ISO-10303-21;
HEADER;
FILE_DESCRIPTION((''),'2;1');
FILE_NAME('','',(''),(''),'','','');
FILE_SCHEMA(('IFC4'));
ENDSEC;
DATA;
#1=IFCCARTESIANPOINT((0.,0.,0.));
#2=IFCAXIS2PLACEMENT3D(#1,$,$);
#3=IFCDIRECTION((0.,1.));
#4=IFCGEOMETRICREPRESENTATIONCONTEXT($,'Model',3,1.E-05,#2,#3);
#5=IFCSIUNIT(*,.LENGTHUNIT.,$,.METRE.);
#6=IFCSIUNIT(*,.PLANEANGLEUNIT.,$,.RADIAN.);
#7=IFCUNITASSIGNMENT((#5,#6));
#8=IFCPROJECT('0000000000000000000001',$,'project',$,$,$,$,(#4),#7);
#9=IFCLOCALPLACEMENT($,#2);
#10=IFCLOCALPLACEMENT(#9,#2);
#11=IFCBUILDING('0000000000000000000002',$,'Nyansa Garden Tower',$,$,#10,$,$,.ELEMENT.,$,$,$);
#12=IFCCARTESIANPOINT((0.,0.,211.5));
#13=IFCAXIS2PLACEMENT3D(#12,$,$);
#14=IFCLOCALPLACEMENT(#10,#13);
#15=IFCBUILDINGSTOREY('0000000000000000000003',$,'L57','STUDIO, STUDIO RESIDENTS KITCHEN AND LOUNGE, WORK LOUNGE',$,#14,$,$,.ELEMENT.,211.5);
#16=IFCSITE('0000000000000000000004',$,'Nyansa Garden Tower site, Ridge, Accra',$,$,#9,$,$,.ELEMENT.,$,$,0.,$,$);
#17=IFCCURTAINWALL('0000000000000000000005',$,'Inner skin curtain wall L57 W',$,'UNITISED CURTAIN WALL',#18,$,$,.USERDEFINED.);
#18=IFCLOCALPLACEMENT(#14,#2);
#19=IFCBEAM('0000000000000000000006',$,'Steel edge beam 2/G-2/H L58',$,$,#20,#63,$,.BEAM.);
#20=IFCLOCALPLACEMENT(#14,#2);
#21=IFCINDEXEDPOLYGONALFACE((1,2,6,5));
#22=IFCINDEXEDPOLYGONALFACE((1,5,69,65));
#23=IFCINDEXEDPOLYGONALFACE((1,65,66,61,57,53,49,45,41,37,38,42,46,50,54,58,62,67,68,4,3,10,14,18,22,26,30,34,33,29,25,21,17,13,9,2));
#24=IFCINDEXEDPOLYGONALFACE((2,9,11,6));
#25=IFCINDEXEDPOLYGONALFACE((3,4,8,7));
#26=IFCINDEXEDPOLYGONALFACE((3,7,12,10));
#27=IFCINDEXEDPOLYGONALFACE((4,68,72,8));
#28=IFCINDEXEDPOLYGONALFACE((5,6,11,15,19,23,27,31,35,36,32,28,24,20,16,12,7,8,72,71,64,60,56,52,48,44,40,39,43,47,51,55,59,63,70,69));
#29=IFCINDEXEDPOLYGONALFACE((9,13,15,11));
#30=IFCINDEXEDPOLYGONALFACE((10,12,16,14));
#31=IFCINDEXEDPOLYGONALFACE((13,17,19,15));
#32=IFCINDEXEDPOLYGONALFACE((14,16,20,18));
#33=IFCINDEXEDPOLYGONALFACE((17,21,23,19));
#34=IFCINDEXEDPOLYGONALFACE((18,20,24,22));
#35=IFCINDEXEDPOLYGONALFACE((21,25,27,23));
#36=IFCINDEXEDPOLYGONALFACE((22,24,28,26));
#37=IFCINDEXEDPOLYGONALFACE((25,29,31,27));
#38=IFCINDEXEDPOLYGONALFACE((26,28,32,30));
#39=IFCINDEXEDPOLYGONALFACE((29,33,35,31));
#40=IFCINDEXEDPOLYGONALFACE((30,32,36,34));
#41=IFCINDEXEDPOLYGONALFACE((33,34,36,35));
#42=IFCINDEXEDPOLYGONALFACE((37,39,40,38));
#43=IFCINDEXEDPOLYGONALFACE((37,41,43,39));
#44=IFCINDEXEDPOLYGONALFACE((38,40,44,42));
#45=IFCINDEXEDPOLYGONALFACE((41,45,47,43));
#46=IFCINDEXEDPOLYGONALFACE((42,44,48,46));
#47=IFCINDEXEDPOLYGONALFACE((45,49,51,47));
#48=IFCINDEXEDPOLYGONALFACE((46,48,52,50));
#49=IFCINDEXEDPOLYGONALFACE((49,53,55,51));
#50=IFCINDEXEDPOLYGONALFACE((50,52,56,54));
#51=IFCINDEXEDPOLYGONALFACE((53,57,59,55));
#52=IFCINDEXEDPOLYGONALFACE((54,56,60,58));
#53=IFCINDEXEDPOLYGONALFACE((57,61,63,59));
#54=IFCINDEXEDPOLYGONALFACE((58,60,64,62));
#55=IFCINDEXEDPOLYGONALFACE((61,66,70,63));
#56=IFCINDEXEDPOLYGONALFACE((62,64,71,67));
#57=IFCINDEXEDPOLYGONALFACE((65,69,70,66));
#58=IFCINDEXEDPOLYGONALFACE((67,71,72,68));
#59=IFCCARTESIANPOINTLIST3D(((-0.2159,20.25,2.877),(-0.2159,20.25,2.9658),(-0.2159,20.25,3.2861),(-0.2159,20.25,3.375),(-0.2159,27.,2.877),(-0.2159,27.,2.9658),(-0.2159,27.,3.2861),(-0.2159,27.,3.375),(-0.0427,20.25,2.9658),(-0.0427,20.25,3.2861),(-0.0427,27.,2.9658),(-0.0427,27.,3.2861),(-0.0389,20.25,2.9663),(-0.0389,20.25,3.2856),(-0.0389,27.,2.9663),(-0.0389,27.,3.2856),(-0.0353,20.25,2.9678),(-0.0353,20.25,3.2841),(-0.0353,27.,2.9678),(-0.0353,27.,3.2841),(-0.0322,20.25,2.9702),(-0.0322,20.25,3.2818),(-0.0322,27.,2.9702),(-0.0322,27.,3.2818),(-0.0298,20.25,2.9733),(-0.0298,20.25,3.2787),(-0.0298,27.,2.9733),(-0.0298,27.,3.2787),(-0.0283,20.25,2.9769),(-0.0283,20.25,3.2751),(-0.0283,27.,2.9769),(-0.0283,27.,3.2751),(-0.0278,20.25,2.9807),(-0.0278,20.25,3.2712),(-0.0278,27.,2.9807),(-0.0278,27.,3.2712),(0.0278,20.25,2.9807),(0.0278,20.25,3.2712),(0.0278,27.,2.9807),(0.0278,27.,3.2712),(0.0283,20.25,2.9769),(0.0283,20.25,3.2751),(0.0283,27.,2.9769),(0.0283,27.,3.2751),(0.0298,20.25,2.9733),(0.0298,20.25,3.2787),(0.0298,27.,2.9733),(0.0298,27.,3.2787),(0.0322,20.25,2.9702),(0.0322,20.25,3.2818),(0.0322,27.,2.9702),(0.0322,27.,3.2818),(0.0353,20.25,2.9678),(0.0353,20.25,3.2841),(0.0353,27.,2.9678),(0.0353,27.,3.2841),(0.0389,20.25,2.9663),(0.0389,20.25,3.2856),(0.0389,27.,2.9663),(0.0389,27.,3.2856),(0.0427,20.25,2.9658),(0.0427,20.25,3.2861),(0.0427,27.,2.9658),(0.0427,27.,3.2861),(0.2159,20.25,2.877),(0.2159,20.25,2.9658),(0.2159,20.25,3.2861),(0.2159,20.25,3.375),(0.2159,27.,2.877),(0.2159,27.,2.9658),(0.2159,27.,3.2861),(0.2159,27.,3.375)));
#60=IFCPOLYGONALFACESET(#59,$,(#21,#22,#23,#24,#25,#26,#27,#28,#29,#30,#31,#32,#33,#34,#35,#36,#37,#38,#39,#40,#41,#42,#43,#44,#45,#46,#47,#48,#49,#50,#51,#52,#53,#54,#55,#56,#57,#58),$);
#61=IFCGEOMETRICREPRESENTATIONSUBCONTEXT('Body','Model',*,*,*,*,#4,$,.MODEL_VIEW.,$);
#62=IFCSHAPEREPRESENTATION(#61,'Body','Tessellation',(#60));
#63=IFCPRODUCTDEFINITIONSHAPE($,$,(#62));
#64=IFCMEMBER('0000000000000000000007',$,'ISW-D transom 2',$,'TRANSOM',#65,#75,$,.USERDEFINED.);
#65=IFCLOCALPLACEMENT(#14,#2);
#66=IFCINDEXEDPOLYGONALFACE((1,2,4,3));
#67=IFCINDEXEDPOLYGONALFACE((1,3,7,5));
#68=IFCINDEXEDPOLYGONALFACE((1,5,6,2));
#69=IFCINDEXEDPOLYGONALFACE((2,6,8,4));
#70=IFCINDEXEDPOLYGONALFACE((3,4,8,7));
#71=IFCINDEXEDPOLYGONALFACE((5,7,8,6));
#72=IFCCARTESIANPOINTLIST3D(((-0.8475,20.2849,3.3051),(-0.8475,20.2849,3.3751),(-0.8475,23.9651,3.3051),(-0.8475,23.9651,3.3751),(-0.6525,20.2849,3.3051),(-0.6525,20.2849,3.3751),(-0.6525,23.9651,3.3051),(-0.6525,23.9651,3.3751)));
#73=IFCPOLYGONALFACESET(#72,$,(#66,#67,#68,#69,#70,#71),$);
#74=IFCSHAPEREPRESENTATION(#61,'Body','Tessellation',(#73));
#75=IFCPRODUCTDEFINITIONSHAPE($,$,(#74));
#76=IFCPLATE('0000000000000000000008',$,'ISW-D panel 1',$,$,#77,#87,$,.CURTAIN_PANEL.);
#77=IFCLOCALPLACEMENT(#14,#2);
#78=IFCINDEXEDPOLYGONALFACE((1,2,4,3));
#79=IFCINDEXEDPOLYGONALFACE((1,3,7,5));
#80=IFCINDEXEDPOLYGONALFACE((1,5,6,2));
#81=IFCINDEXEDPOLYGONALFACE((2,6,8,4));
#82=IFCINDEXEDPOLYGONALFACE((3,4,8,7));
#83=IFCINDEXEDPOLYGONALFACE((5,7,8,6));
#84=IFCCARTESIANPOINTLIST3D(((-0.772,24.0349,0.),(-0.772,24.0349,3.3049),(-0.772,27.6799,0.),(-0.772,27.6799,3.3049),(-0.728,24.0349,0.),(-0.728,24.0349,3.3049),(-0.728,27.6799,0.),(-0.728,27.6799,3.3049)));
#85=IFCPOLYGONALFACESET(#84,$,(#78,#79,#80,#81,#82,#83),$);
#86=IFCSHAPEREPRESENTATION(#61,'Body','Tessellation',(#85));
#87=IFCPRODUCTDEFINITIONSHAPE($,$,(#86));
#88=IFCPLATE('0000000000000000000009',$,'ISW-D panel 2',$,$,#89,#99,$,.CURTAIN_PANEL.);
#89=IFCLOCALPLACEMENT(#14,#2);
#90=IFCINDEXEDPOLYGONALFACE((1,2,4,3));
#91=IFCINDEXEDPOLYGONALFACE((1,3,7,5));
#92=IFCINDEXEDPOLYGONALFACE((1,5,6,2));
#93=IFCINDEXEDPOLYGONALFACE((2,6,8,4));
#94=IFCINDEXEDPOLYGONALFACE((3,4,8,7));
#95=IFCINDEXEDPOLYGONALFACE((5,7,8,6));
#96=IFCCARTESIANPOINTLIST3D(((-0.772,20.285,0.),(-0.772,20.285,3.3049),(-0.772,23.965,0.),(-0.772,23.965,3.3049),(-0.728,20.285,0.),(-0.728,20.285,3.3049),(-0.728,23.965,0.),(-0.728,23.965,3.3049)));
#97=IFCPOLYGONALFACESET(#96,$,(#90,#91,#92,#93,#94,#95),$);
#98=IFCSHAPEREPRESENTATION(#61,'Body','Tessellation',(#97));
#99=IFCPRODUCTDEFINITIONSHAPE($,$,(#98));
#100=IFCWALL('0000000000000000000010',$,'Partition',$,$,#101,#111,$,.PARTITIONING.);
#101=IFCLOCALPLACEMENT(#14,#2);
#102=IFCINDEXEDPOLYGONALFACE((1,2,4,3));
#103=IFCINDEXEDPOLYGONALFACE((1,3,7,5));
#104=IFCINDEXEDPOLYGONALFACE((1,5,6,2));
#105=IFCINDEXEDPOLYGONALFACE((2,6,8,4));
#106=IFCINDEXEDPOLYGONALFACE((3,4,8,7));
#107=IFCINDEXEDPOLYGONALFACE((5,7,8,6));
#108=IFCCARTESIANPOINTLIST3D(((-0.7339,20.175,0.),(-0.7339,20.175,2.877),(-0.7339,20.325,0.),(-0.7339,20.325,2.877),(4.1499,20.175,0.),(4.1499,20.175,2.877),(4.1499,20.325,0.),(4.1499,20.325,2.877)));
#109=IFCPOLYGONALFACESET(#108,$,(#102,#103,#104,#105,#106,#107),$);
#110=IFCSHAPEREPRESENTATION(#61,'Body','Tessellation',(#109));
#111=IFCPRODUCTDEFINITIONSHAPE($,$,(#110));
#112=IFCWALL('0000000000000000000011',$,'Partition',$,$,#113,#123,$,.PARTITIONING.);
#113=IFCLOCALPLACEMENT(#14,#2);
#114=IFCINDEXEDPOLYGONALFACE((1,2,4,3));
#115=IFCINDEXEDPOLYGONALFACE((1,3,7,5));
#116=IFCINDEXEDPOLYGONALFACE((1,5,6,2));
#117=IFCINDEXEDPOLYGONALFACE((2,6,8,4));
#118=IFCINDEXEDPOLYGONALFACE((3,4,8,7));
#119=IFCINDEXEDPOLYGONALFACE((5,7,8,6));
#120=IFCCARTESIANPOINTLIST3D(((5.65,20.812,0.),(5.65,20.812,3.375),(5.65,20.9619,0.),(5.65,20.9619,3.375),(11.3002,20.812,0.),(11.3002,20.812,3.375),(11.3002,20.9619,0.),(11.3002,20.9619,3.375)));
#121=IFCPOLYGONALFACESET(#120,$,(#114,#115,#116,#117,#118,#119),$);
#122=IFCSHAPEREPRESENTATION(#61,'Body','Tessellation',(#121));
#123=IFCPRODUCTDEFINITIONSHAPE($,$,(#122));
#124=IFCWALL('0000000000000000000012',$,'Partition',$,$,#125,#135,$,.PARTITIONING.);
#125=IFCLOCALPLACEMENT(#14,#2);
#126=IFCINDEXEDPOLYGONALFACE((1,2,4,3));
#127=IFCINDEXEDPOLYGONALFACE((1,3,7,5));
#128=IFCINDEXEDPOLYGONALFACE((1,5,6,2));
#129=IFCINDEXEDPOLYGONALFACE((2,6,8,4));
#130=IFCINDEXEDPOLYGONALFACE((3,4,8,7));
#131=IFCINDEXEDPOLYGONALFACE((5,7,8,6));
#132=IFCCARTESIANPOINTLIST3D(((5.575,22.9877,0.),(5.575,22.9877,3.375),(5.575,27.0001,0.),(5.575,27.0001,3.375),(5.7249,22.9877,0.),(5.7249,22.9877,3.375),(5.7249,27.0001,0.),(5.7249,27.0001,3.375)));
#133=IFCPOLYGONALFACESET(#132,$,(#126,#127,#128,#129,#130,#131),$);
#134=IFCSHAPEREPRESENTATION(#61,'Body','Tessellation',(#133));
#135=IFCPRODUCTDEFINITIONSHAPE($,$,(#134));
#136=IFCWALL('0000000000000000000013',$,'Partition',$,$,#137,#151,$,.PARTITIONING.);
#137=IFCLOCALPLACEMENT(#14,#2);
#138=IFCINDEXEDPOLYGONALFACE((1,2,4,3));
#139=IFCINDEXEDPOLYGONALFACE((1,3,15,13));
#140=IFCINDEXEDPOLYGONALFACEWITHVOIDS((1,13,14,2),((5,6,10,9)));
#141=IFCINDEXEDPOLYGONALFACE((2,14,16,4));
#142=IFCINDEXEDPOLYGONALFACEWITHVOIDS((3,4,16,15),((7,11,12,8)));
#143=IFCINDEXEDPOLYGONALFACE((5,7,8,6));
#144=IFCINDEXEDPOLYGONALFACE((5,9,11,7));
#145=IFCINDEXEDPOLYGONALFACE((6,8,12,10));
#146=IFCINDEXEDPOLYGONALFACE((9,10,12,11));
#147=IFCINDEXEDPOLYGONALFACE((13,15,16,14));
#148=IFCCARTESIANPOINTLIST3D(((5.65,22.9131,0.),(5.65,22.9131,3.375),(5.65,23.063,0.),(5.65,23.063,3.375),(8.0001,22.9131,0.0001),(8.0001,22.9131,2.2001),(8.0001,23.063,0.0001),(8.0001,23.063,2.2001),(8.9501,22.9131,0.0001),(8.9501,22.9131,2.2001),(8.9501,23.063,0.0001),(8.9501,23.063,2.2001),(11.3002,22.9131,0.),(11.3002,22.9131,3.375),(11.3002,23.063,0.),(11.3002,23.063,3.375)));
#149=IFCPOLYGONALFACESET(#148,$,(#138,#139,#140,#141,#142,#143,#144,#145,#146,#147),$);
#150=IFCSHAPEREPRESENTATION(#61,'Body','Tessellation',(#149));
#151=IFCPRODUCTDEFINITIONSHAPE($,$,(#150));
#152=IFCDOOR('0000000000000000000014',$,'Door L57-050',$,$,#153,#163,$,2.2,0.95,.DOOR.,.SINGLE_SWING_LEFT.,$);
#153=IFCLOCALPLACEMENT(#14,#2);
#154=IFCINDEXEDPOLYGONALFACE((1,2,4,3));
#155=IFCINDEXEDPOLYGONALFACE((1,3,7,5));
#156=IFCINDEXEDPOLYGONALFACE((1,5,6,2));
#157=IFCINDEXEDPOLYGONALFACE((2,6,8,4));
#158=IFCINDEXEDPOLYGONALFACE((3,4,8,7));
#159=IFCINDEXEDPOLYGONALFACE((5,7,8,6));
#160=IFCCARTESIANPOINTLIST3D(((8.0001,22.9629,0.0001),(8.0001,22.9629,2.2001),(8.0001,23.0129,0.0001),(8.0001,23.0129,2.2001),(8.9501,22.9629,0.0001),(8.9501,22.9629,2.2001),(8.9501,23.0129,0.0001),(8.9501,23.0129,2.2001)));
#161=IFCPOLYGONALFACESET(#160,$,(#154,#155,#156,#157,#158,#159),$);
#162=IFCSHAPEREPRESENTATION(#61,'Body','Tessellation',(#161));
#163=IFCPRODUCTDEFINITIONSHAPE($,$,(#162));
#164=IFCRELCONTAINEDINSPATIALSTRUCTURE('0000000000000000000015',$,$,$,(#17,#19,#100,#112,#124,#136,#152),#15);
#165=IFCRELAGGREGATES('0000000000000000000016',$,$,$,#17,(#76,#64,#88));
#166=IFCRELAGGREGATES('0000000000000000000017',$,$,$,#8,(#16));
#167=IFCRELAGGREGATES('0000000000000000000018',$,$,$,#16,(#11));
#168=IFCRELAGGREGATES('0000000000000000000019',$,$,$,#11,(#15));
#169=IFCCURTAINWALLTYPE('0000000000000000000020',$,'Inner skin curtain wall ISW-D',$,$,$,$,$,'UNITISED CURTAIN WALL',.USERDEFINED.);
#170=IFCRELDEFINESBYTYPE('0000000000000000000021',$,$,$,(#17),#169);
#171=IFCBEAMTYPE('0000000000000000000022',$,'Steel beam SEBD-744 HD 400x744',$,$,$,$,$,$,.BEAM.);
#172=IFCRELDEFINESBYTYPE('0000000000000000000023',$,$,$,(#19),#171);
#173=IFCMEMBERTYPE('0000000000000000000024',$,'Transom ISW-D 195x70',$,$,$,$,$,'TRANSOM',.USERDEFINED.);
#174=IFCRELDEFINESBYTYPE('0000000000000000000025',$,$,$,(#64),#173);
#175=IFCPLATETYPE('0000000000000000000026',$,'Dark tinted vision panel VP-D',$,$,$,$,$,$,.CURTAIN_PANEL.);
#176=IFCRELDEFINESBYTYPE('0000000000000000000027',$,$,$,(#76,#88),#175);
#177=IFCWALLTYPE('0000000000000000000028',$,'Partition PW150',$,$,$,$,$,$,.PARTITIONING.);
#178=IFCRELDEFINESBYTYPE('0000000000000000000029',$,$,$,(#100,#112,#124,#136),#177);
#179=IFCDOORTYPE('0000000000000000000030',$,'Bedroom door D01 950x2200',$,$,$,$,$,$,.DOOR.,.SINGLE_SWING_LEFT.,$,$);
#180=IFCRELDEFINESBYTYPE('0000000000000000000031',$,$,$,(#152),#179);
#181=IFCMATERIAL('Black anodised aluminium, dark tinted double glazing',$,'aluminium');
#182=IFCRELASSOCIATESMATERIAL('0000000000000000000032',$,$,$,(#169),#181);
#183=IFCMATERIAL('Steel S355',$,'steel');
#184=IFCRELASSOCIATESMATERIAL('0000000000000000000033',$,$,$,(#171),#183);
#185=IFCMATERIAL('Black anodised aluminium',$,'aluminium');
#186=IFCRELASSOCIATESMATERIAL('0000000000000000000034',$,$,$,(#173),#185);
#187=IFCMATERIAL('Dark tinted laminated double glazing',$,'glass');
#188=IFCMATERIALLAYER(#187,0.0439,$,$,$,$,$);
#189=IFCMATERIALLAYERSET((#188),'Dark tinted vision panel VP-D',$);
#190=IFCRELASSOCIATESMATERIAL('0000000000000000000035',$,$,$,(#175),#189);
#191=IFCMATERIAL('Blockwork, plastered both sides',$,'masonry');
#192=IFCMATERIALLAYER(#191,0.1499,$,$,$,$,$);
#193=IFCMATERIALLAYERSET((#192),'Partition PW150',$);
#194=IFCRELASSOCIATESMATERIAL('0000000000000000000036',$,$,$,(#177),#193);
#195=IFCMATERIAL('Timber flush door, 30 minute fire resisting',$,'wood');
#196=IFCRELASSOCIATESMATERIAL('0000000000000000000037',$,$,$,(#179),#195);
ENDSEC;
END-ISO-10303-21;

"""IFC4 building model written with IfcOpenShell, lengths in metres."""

from ifc_helpers import new_model, si_unit, direction, frame, frame_2d, origin, origin_2d, place, context, subcontext, project, spatial, rectangle, i_section, extrude, material, layer, layer_set, material_profile, profile_set, type_object, element, fill, aggregate, save


model = new_model("IFC4")

# Units and contexts
model_context = context("Model", 3, precision=1e-05, world=origin(), true_north=direction((0.0, 1.0)))
body_context = subcontext(model_context, "Body", "Model", "MODEL_VIEW")
ifc_project = project(units=[si_unit("LENGTHUNIT", "METRE"), si_unit("PLANEANGLEUNIT", "RADIAN")], contexts=[model_context])

# Site, building, storey
site_placement = place(None, origin())
site = spatial("IfcSite", under=ifc_project, at=site_placement, Name="Nyansa Garden Tower site, Ridge, Accra", CompositionType="ELEMENT", RefElevation=0.0)
building_placement = place(site_placement, origin())
building = spatial("IfcBuilding", under=site, at=building_placement, Name="Nyansa Garden Tower", CompositionType="ELEMENT")
storey_placement = place(building_placement, frame((0.0, 0.0, 211.5)))
storey = spatial("IfcBuildingStorey", under=building, at=storey_placement, Name="L57", Description="STUDIO, STUDIO RESIDENTS KITCHEN AND LOUNGE, WORK LOUNGE", CompositionType="ELEMENT", Elevation=211.5)

# Curtain wall
ifc_material_1 = material(Name="Black anodised aluminium, dark tinted double glazing", Category="aluminium")
curtain_wall_type = type_object("IfcCurtainWallType", Name="Inner skin curtain wall ISW-D", ElementType="UNITISED CURTAIN WALL", PredefinedType="USERDEFINED", material=ifc_material_1)
curtain_wall_placement = place(storey_placement, origin())
curtain_wall = element("IfcCurtainWall", 1, at=curtain_wall_placement, inside=storey, type_object=curtain_wall_type, Name="Inner skin curtain wall L57 W", ObjectType="UNITISED CURTAIN WALL", PredefinedType="USERDEFINED")

# Beam
ifc_material_2 = material(Name="Steel S355", Category="steel")
ifc_material_profile_1 = material_profile(ifc_material_2, i_section(OverallWidth=0.4319, OverallDepth=0.498, WebThickness=0.0557, FlangeThickness=0.0889, FilletRadius=0.0149, at=origin_2d()), Name="HD 400x744")
ifc_profile_set_1 = profile_set([ifc_material_profile_1], Name="Steel S355")
beam_type_1 = type_object("IfcBeamType", Name="Steel beam SEBD-744 HD 400x744", PredefinedType="BEAM", material=ifc_profile_set_1)
beam_1_placement = place(storey_placement, frame((0.0, 20.25, 3.126), z_axis=(0.0, 1.0, 0.0), x_axis=(-1.0, 0.0, 0.0)))
element("IfcBeam", 2, at=beam_1_placement, inside=storey, type_object=beam_type_1, Name="Steel edge beam 2/G-2/H L58", PredefinedType="BEAM", context=body_context, shape_type="SweptSolid", body=[
    extrude(i_section(OverallWidth=0.4319, OverallDepth=0.498, WebThickness=0.0557, FlangeThickness=0.0889, FilletRadius=0.0149, at=origin_2d()), origin(), (0.0, 0.0, 1.0), 6.75),
])

# Member
ifc_material_3 = material(Name="Black anodised aluminium", Category="aluminium")
ifc_material_profile_2 = material_profile(ifc_material_3, rectangle(XDim=0.1951, YDim=0.0701, at=origin_2d()), Name="Transom 195x70")
ifc_profile_set_2 = profile_set([ifc_material_profile_2], Name="Black anodised aluminium")
member_type_1 = type_object("IfcMemberType", Name="Transom ISW-D 195x70", ElementType="TRANSOM", PredefinedType="USERDEFINED", material=ifc_profile_set_2)
member_1_placement = place(storey_placement, frame((-0.75, 23.9651, 3.3401), z_axis=(0.0, -1.0, 0.0), x_axis=(1.0, 0.0, 0.0)))
member_1 = element("IfcMember", 3, at=member_1_placement, type_object=member_type_1, Name="ISW-D transom 2", ObjectType="TRANSOM", PredefinedType="USERDEFINED", context=body_context, shape_type="SweptSolid", body=[
    extrude(rectangle(XDim=0.1951, YDim=0.0701, at=origin_2d()), origin(), (0.0, 0.0, 1.0), 3.6802),
])

# Plates
ifc_material_4 = material(Name="Dark tinted laminated double glazing", Category="glass")
ifc_layer_1 = layer(ifc_material_4, 0.0439)
ifc_layer_set_1 = layer_set([ifc_layer_1], Name="Dark tinted vision panel VP-D")
plate_type = type_object("IfcPlateType", Name="Dark tinted vision panel VP-D", PredefinedType="CURTAIN_PANEL", material=ifc_layer_set_1)
plate_1_placement = place(storey_placement, frame((-0.75, 25.8574, 0.0), z_axis=(0.0, 0.0, 1.0), x_axis=(0.0, -1.0, 0.0)))
plate_1 = element("IfcPlate", 4, at=plate_1_placement, type_object=plate_type, Name="ISW-D panel 1", PredefinedType="CURTAIN_PANEL", context=body_context, shape_type="SweptSolid", body=[
    extrude(rectangle(XDim=3.645, YDim=0.0439, at=origin_2d()), origin(), (0.0, 0.0, 1.0), 3.3049),
])
plate_2_placement = place(storey_placement, frame((-0.75, 22.125, 0.0), z_axis=(0.0, 0.0, 1.0), x_axis=(0.0, -1.0, 0.0)))
plate_2 = element("IfcPlate", 5, at=plate_2_placement, type_object=plate_type, Name="ISW-D panel 2", PredefinedType="CURTAIN_PANEL", context=body_context, shape_type="SweptSolid", body=[
    extrude(rectangle(XDim=3.6799, YDim=0.0439, at=origin_2d()), origin(), (0.0, 0.0, 1.0), 3.3049),
])
aggregate(curtain_wall, [plate_1, member_1, plate_2])

# Walls
ifc_material_5 = material(Name="Blockwork, plastered both sides", Category="masonry")
ifc_layer_2 = layer(ifc_material_5, 0.1499)
ifc_layer_set_2 = layer_set([ifc_layer_2], Name="Partition PW150")
wall_type = type_object("IfcWallType", Name="Partition PW150", PredefinedType="PARTITIONING", material=ifc_layer_set_2)
wall_1_placement = place(storey_placement, frame((-0.7339, 20.25, 0.0), z_axis=(0.0, 0.0, 1.0), x_axis=(1.0, 0.0, 0.0)))
element("IfcWall", 6, at=wall_1_placement, inside=storey, type_object=wall_type, Name="Partition", PredefinedType="PARTITIONING", context=body_context, shape_type="SweptSolid", body=[
    extrude(rectangle(XDim=4.8838, YDim=0.1499, at=frame_2d((2.4419, 0.0))), origin(), (0.0, 0.0, 1.0), 2.877),
])
wall_2_placement = place(storey_placement, frame((5.6499, 20.887, 0.0), z_axis=(0.0, 0.0, 1.0), x_axis=(1.0, 0.0, 0.0)))
element("IfcWall", 7, at=wall_2_placement, inside=storey, type_object=wall_type, Name="Partition", PredefinedType="PARTITIONING", context=body_context, shape_type="SweptSolid", body=[
    extrude(rectangle(XDim=5.6501, YDim=0.1499, at=frame_2d((2.8252, 0.0))), origin(), (0.0, 0.0, 1.0), 3.375),
])
wall_3_placement = place(storey_placement, frame((5.6499, 22.9875, 0.0), z_axis=(0.0, 0.0, 1.0), x_axis=(0.0, 1.0, 0.0)))
element("IfcWall", 8, at=wall_3_placement, inside=storey, type_object=wall_type, Name="Partition", PredefinedType="PARTITIONING", context=body_context, shape_type="SweptSolid", body=[
    extrude(rectangle(XDim=4.0125, YDim=0.1499, at=frame_2d((2.0063, 0.0))), origin(), (0.0, 0.0, 1.0), 3.375),
])

# Wall, opening, door
wall_4_placement = place(storey_placement, frame((5.6499, 22.988, 0.0), z_axis=(0.0, 0.0, 1.0), x_axis=(1.0, 0.0, 0.0)))
wall_4 = element("IfcWall", 9, at=wall_4_placement, inside=storey, type_object=wall_type, Name="Partition", PredefinedType="PARTITIONING", context=body_context, shape_type="SweptSolid", body=[
    extrude(rectangle(XDim=5.6501, YDim=0.1499, at=frame_2d((2.8252, 0.0))), origin(), (0.0, 0.0, 1.0), 3.375),
])
opening_placement = place(wall_4_placement, frame((2.3501, 0.0, 0.0)))
opening = element("IfcOpeningElement", 10, at=opening_placement, cuts=wall_4, PredefinedType="OPENING", context=body_context, shape_type="SweptSolid", body=[
    extrude(rectangle(XDim=0.95, YDim=2.2, at=frame_2d((0.4751, 1.1001))), frame((0.0, 0.085, 0.0), z_axis=(0.0, -1.0, 0.0), x_axis=(1.0, 0.0, 0.0)), (0.0, 0.0, 1.0), 0.1699),
])
ifc_material_6 = material(Name="Timber flush door, 30 minute fire resisting", Category="wood")
door_type = type_object("IfcDoorType", Name="Bedroom door D01 950x2200", OperationType="SINGLE_SWING_LEFT", PredefinedType="DOOR", material=ifc_material_6)
door_placement = place(opening_placement, origin())
door = element("IfcDoor", 11, at=door_placement, inside=storey, type_object=door_type, Name="Door L57-050", OperationType="SINGLE_SWING_LEFT", OverallHeight=2.2, OverallWidth=0.95, PredefinedType="DOOR", context=body_context, shape_type="SweptSolid", body=[
    extrude(rectangle(XDim=0.95, YDim=2.2, at=frame_2d((0.4751, 1.1001))), frame((0.0, 0.0249, 0.0), z_axis=(0.0, -1.0, 0.0), x_axis=(1.0, 0.0, 0.0)), (0.0, 0.0, 1.0), 0.05),
])
fill(opening, door)

save(model, "model.ifc")
